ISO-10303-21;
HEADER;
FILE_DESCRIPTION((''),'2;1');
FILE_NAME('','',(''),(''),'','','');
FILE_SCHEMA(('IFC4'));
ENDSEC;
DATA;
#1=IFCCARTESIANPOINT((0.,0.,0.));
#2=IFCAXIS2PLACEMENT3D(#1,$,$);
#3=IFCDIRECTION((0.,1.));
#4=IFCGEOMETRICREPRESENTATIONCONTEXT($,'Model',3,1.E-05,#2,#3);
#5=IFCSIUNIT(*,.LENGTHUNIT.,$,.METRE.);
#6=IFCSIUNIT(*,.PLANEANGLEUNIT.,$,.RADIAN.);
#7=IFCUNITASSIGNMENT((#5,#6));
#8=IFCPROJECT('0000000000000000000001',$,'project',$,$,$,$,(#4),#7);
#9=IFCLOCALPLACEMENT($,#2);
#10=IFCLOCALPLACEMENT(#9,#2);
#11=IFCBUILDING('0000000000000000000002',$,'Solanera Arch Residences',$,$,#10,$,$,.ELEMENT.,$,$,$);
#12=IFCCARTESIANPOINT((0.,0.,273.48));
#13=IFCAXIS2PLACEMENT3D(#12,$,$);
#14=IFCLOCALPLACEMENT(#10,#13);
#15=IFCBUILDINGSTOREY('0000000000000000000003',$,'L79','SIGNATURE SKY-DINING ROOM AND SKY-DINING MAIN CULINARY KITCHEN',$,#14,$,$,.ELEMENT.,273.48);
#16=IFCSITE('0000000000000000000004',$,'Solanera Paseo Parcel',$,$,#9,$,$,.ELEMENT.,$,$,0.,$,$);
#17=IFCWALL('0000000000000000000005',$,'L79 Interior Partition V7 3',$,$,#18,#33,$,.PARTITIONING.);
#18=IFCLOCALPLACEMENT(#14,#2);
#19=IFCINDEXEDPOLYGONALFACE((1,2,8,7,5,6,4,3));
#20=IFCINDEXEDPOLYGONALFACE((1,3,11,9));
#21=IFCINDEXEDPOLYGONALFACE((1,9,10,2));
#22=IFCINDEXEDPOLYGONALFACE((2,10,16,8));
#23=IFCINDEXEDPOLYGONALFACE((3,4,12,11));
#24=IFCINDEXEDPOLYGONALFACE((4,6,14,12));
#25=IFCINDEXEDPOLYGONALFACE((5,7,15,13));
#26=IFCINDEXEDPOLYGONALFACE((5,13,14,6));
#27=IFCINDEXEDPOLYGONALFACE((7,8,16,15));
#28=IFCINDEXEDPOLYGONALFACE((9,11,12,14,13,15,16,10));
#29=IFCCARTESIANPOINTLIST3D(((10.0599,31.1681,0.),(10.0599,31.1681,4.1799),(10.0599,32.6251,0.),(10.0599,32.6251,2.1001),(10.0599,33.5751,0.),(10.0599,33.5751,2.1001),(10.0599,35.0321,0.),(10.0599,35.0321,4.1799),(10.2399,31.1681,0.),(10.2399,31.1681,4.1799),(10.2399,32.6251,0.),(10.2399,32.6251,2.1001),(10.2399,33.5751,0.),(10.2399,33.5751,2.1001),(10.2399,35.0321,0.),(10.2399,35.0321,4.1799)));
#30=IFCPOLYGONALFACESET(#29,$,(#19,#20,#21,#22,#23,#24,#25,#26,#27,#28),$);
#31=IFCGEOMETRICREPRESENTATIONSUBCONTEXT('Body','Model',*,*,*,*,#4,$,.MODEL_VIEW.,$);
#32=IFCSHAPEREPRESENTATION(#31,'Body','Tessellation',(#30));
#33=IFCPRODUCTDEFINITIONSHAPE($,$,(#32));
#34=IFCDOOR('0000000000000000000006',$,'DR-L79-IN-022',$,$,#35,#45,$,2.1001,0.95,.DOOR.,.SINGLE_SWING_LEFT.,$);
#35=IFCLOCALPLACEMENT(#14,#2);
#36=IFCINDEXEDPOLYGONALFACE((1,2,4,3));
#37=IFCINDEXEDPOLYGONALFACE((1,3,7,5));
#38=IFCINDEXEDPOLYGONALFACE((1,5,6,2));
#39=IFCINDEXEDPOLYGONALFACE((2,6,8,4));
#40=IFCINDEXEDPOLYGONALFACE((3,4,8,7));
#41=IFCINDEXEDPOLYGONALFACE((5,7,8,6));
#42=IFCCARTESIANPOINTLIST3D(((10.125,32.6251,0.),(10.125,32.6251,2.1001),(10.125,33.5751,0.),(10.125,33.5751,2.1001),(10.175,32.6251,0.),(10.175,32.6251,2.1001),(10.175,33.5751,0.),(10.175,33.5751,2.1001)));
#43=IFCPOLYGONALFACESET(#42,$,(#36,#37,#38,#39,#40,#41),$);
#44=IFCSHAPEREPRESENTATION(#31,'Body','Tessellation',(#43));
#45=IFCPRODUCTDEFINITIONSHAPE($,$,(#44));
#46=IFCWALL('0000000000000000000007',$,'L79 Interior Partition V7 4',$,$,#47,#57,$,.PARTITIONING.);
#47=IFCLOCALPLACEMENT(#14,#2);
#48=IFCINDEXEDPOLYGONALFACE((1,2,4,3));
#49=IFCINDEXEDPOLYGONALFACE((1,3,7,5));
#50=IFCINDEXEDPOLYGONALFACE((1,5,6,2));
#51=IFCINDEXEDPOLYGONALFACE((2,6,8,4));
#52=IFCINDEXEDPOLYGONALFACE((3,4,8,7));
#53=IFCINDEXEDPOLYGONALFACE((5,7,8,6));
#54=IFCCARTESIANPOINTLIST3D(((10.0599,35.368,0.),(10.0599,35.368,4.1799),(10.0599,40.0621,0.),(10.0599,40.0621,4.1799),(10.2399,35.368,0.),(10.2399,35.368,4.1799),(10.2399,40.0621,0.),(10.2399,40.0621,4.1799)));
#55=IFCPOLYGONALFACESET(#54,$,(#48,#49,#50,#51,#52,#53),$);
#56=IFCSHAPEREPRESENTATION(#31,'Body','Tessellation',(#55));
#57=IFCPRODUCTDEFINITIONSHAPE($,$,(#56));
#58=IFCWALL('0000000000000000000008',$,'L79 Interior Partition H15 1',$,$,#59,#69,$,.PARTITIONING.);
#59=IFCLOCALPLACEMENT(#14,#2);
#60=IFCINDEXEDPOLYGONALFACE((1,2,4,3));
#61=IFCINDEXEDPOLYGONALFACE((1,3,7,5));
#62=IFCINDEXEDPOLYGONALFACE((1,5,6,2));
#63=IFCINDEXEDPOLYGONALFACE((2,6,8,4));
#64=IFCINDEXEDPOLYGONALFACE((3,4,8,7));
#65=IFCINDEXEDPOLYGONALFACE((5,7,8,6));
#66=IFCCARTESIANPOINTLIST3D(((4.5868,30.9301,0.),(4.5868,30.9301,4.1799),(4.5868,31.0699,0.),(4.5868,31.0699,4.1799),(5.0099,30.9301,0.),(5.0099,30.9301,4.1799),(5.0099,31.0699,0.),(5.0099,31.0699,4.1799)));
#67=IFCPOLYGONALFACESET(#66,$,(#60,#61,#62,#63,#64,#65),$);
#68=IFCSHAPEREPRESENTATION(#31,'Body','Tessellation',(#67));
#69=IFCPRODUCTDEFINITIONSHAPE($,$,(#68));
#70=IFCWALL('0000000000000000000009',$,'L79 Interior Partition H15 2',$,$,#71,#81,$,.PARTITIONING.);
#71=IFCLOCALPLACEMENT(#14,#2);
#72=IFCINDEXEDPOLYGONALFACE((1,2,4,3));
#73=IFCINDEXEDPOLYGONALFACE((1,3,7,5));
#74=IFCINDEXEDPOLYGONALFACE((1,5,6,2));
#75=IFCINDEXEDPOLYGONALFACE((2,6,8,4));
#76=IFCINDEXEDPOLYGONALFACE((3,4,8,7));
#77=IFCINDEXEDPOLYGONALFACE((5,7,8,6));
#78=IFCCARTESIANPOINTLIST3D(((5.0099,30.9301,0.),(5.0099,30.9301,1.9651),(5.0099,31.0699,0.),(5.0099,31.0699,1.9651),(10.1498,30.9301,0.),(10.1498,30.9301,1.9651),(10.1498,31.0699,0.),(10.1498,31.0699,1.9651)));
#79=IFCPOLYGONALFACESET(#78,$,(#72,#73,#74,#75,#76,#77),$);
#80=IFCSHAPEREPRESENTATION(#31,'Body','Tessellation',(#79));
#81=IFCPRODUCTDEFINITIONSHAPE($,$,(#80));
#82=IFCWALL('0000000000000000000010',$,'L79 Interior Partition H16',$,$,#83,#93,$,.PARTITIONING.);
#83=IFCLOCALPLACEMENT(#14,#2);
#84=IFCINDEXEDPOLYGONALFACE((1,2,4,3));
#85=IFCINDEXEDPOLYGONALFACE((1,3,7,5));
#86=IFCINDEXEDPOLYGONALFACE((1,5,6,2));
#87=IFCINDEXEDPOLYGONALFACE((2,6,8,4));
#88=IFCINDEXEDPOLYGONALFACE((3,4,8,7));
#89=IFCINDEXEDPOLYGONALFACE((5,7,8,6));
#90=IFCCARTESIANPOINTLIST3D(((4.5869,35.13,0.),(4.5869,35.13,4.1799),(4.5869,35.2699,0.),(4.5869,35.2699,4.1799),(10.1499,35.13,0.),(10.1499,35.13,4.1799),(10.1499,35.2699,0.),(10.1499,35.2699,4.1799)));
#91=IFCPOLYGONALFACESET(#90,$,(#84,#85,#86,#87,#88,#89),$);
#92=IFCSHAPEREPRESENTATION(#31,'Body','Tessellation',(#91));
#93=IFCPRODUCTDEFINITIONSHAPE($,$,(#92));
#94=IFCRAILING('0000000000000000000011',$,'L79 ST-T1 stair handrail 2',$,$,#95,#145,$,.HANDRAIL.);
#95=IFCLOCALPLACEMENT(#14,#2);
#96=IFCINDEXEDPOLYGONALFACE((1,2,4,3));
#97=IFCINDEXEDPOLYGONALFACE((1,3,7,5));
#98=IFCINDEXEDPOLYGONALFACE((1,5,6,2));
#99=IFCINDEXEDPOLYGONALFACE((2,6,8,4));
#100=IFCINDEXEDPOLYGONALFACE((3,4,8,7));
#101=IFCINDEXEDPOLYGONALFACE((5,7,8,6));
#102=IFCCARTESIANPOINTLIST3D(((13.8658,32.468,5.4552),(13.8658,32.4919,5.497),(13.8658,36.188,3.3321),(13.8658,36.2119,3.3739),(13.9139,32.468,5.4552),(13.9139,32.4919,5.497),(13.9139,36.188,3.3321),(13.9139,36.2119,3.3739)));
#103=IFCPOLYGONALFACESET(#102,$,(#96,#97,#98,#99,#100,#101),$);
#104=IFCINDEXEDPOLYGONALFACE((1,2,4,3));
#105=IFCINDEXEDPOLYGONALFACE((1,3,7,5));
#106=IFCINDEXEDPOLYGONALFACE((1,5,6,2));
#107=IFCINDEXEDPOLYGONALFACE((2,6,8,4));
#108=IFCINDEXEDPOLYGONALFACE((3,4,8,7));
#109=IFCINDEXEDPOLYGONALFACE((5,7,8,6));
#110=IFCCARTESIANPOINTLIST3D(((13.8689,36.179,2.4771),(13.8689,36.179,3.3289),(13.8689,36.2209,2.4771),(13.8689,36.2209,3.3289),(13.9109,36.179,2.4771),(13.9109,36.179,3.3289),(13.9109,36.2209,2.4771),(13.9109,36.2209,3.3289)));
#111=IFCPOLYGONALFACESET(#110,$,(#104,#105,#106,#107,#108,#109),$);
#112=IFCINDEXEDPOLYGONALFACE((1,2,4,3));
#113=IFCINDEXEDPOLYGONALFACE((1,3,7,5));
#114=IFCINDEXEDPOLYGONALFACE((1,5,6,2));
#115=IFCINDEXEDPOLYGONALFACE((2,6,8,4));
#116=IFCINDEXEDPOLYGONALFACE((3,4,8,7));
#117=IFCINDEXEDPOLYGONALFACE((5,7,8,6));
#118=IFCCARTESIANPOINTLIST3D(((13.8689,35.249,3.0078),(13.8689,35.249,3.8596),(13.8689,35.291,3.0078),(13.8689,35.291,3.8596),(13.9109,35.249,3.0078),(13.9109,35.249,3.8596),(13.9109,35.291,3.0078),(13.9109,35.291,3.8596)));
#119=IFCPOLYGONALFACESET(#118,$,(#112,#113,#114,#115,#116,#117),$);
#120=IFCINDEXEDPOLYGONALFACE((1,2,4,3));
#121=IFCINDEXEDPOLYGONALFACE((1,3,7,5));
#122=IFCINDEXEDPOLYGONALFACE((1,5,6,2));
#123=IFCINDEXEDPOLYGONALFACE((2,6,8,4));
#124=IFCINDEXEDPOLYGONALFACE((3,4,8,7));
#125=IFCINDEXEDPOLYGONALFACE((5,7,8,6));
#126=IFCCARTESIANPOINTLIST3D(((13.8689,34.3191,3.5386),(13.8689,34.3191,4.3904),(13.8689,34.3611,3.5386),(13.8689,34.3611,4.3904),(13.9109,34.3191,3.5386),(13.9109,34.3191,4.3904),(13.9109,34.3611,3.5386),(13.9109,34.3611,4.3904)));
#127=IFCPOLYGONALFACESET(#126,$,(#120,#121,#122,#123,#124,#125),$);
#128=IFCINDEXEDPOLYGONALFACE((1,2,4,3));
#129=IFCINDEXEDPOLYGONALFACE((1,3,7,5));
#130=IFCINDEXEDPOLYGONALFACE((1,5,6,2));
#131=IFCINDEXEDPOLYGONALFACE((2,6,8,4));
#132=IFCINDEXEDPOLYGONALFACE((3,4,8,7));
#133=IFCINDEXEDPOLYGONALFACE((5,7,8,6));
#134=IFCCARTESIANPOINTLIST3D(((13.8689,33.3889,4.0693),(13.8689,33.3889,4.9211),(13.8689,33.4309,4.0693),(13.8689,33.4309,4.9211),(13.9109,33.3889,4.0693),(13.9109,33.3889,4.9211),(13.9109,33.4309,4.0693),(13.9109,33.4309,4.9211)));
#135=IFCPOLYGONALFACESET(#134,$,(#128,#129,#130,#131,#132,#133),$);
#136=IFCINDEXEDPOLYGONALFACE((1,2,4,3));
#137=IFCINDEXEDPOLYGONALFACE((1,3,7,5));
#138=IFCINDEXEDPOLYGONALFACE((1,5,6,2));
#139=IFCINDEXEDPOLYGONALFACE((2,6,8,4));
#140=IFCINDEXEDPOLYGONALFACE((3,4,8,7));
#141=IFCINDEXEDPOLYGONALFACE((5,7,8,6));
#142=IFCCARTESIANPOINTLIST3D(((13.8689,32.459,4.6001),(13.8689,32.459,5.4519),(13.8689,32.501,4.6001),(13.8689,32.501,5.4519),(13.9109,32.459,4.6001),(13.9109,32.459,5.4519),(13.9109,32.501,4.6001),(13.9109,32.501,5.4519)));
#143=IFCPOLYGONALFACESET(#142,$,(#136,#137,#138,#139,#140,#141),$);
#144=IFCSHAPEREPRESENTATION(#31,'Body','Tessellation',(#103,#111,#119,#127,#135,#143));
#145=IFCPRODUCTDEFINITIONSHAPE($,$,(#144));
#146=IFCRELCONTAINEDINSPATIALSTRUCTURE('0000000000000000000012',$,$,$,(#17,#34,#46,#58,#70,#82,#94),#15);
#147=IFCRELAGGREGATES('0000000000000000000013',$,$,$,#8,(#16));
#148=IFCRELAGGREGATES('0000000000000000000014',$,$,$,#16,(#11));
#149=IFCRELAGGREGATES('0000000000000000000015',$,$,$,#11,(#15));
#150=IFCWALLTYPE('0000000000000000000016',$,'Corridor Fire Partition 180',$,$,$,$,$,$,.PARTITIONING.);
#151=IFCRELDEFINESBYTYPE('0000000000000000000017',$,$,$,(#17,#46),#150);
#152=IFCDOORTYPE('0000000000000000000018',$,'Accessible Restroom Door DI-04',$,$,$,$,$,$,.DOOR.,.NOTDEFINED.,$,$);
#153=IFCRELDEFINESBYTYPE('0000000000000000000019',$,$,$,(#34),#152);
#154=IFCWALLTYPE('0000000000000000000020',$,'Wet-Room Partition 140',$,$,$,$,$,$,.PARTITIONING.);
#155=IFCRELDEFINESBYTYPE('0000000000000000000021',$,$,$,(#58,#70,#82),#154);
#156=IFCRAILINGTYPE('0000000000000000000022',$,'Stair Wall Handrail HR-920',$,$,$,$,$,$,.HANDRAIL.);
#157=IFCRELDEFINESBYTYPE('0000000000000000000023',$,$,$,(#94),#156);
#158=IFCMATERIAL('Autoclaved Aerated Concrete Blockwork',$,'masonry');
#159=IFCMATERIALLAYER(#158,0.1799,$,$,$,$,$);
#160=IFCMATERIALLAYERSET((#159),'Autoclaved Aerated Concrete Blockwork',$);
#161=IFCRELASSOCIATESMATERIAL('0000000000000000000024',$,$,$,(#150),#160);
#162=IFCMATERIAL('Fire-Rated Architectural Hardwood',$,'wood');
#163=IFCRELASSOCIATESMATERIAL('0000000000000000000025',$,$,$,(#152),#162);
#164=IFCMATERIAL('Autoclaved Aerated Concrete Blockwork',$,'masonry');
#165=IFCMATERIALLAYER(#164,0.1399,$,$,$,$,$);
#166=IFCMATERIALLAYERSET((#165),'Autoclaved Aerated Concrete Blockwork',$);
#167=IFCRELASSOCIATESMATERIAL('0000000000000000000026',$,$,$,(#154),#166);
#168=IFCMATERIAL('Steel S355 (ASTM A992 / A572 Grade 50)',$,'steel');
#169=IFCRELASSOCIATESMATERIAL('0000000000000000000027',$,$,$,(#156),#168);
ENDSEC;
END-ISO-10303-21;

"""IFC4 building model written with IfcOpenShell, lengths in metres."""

from ifc_helpers import new_model, si_unit, direction, frame, frame_2d, origin, origin_2d, place, context, subcontext, project, spatial, rectangle, extrude, material, layer, layer_set, type_object, element, fill, save


model = new_model("IFC4")

# Units and contexts
model_context = context("Model", 3, precision=1e-05, world=origin(), true_north=direction((0.0, 1.0)))
body_context = subcontext(model_context, "Body", "Model", "MODEL_VIEW")
ifc_project = project(units=[si_unit("LENGTHUNIT", "METRE"), si_unit("PLANEANGLEUNIT", "RADIAN")], contexts=[model_context])

# Site, building, storey
site_placement = place(None, origin())
site = spatial("IfcSite", under=ifc_project, at=site_placement, Name="Solanera Paseo Parcel", CompositionType="ELEMENT", RefElevation=0.0)
building_placement = place(site_placement, origin())
building = spatial("IfcBuilding", under=site, at=building_placement, Name="Solanera Arch Residences", CompositionType="ELEMENT")
storey_placement = place(building_placement, frame((0.0, 0.0, 273.48)))
storey = spatial("IfcBuildingStorey", under=building, at=storey_placement, Name="L79", Description="SIGNATURE SKY-DINING ROOM AND SKY-DINING MAIN CULINARY KITCHEN", CompositionType="ELEMENT", Elevation=273.48)

# Wall, opening, door
ifc_material_1 = material(Name="Autoclaved Aerated Concrete Blockwork", Category="masonry")
ifc_layer_1 = layer(ifc_material_1, 0.1799)
ifc_layer_set_1 = layer_set([ifc_layer_1], Name="Autoclaved Aerated Concrete Blockwork")
wall_type_1 = type_object("IfcWallType", Name="Corridor Fire Partition 180", PredefinedType="PARTITIONING", material=ifc_layer_set_1)
wall_1_placement = place(storey_placement, frame((10.1499, 31.168, 0.0), z_axis=(0.0, 0.0, 1.0), x_axis=(0.0, 1.0, 0.0)))
wall_1 = element("IfcWall", 1, at=wall_1_placement, inside=storey, type_object=wall_type_1, Name="L79 Interior Partition V7 3", PredefinedType="PARTITIONING", context=body_context, shape_type="SweptSolid", body=[
    extrude(rectangle(XDim=3.864, YDim=0.1799, at=frame_2d((1.9321, 0.0))), origin(), (0.0, 0.0, 1.0), 4.1799),
])
opening_placement = place(wall_1_placement, frame((1.457, 0.0, 0.0)))
opening = element("IfcOpeningElement", 2, at=opening_placement, cuts=wall_1, PredefinedType="OPENING", context=body_context, shape_type="SweptSolid", body=[
    extrude(rectangle(XDim=0.95, YDim=2.1001, at=frame_2d((0.4751, 1.05))), frame((0.0, 0.1001, 0.0), z_axis=(0.0, -1.0, 0.0), x_axis=(1.0, 0.0, 0.0)), (0.0, 0.0, 1.0), 0.1999),
])
ifc_material_2 = material(Name="Fire-Rated Architectural Hardwood", Category="wood")
door_type = type_object("IfcDoorType", Name="Accessible Restroom Door DI-04", OperationType="NOTDEFINED", PredefinedType="DOOR", material=ifc_material_2)
door_placement = place(opening_placement, origin())
door = element("IfcDoor", 3, at=door_placement, inside=storey, type_object=door_type, Name="DR-L79-IN-022", OperationType="SINGLE_SWING_LEFT", OverallHeight=2.1001, OverallWidth=0.95, PredefinedType="DOOR", context=body_context, shape_type="SweptSolid", body=[
    extrude(rectangle(XDim=0.95, YDim=2.1001, at=frame_2d((0.4751, 1.05))), frame((0.0, 0.0249, 0.0), z_axis=(0.0, -1.0, 0.0), x_axis=(1.0, 0.0, 0.0)), (0.0, 0.0, 1.0), 0.05),
])
fill(opening, door)

# Walls
wall_2_placement = place(storey_placement, frame((10.1499, 35.3679, 0.0), z_axis=(0.0, 0.0, 1.0), x_axis=(0.0, 1.0, 0.0)))
element("IfcWall", 4, at=wall_2_placement, inside=storey, type_object=wall_type_1, Name="L79 Interior Partition V7 4", PredefinedType="PARTITIONING", context=body_context, shape_type="SweptSolid", body=[
    extrude(rectangle(XDim=4.6941, YDim=0.1799, at=frame_2d((2.3472, 0.0))), origin(), (0.0, 0.0, 1.0), 4.1799),
])
ifc_material_3 = material(Name="Autoclaved Aerated Concrete Blockwork", Category="masonry")
ifc_layer_2 = layer(ifc_material_3, 0.1399)
ifc_layer_set_2 = layer_set([ifc_layer_2], Name="Autoclaved Aerated Concrete Blockwork")
wall_type_2 = type_object("IfcWallType", Name="Wet-Room Partition 140", PredefinedType="PARTITIONING", material=ifc_layer_set_2)
wall_3_placement = place(storey_placement, frame((4.5869, 31.0, 0.0), z_axis=(0.0, 0.0, 1.0), x_axis=(1.0, 0.0, 0.0)))
element("IfcWall", 5, at=wall_3_placement, inside=storey, type_object=wall_type_2, Name="L79 Interior Partition H15 1", PredefinedType="PARTITIONING", context=body_context, shape_type="SweptSolid", body=[
    extrude(rectangle(XDim=0.4231, YDim=0.1399, at=frame_2d((0.2114, 0.0))), origin(), (0.0, 0.0, 1.0), 4.1799),
])
wall_4_placement = place(storey_placement, frame((5.01, 31.0, 0.0), z_axis=(0.0, 0.0, 1.0), x_axis=(1.0, 0.0, 0.0)))
element("IfcWall", 6, at=wall_4_placement, inside=storey, type_object=wall_type_2, Name="L79 Interior Partition H15 2", PredefinedType="PARTITIONING", context=body_context, shape_type="SweptSolid", body=[
    extrude(rectangle(XDim=5.1399, YDim=0.1399, at=frame_2d((2.5698, 0.0))), origin(), (0.0, 0.0, 1.0), 1.9651),
])
wall_5_placement = place(storey_placement, frame((4.5869, 35.2, 0.0), z_axis=(0.0, 0.0, 1.0), x_axis=(1.0, 0.0, 0.0)))
element("IfcWall", 7, at=wall_5_placement, inside=storey, type_object=wall_type_2, Name="L79 Interior Partition H16", PredefinedType="PARTITIONING", context=body_context, shape_type="SweptSolid", body=[
    extrude(rectangle(XDim=5.563, YDim=0.1399, at=frame_2d((2.7815, 0.0))), origin(), (0.0, 0.0, 1.0), 4.1799),
])

# Railing
ifc_material_4 = material(Name="Steel S355 (ASTM A992 / A572 Grade 50)", Category="steel")
railing_type = type_object("IfcRailingType", Name="Stair Wall Handrail HR-920", PredefinedType="HANDRAIL", material=ifc_material_4)
railing_placement = place(storey_placement, frame((13.8899, 36.2, 2.4771)))
element("IfcRailing", 8, at=railing_placement, inside=storey, type_object=railing_type, Name="L79 ST-T1 stair handrail 2", PredefinedType="HANDRAIL", context=body_context, shape_type="SweptSolid", body=[
    extrude(rectangle(XDim=0.0481, YDim=0.0481, at=origin_2d()), frame((0.0, 0.0, 0.876), z_axis=(0.0, -0.86851, 0.495672), x_axis=(1.0, 0.0, 0.0)), (0.0, 0.0, 1.0), 4.2832),
    extrude(rectangle(XDim=0.042, YDim=0.042, at=origin_2d()), origin(), (0.0, 0.0, 1.0), 0.8518),
    extrude(rectangle(XDim=0.042, YDim=0.042, at=origin_2d()), frame((0.0, -0.9299, 0.5308)), (0.0, 0.0, 1.0), 0.8518),
    extrude(rectangle(XDim=0.042, YDim=0.042, at=origin_2d()), frame((0.0, -1.8599, 1.0615)), (0.0, 0.0, 1.0), 0.8518),
    extrude(rectangle(XDim=0.042, YDim=0.042, at=origin_2d()), frame((0.0, -2.79, 1.5923)), (0.0, 0.0, 1.0), 0.8518),
    extrude(rectangle(XDim=0.042, YDim=0.042, at=origin_2d()), frame((0.0, -3.72, 2.123)), (0.0, 0.0, 1.0), 0.8518),
])

save(model, "model.ifc")
